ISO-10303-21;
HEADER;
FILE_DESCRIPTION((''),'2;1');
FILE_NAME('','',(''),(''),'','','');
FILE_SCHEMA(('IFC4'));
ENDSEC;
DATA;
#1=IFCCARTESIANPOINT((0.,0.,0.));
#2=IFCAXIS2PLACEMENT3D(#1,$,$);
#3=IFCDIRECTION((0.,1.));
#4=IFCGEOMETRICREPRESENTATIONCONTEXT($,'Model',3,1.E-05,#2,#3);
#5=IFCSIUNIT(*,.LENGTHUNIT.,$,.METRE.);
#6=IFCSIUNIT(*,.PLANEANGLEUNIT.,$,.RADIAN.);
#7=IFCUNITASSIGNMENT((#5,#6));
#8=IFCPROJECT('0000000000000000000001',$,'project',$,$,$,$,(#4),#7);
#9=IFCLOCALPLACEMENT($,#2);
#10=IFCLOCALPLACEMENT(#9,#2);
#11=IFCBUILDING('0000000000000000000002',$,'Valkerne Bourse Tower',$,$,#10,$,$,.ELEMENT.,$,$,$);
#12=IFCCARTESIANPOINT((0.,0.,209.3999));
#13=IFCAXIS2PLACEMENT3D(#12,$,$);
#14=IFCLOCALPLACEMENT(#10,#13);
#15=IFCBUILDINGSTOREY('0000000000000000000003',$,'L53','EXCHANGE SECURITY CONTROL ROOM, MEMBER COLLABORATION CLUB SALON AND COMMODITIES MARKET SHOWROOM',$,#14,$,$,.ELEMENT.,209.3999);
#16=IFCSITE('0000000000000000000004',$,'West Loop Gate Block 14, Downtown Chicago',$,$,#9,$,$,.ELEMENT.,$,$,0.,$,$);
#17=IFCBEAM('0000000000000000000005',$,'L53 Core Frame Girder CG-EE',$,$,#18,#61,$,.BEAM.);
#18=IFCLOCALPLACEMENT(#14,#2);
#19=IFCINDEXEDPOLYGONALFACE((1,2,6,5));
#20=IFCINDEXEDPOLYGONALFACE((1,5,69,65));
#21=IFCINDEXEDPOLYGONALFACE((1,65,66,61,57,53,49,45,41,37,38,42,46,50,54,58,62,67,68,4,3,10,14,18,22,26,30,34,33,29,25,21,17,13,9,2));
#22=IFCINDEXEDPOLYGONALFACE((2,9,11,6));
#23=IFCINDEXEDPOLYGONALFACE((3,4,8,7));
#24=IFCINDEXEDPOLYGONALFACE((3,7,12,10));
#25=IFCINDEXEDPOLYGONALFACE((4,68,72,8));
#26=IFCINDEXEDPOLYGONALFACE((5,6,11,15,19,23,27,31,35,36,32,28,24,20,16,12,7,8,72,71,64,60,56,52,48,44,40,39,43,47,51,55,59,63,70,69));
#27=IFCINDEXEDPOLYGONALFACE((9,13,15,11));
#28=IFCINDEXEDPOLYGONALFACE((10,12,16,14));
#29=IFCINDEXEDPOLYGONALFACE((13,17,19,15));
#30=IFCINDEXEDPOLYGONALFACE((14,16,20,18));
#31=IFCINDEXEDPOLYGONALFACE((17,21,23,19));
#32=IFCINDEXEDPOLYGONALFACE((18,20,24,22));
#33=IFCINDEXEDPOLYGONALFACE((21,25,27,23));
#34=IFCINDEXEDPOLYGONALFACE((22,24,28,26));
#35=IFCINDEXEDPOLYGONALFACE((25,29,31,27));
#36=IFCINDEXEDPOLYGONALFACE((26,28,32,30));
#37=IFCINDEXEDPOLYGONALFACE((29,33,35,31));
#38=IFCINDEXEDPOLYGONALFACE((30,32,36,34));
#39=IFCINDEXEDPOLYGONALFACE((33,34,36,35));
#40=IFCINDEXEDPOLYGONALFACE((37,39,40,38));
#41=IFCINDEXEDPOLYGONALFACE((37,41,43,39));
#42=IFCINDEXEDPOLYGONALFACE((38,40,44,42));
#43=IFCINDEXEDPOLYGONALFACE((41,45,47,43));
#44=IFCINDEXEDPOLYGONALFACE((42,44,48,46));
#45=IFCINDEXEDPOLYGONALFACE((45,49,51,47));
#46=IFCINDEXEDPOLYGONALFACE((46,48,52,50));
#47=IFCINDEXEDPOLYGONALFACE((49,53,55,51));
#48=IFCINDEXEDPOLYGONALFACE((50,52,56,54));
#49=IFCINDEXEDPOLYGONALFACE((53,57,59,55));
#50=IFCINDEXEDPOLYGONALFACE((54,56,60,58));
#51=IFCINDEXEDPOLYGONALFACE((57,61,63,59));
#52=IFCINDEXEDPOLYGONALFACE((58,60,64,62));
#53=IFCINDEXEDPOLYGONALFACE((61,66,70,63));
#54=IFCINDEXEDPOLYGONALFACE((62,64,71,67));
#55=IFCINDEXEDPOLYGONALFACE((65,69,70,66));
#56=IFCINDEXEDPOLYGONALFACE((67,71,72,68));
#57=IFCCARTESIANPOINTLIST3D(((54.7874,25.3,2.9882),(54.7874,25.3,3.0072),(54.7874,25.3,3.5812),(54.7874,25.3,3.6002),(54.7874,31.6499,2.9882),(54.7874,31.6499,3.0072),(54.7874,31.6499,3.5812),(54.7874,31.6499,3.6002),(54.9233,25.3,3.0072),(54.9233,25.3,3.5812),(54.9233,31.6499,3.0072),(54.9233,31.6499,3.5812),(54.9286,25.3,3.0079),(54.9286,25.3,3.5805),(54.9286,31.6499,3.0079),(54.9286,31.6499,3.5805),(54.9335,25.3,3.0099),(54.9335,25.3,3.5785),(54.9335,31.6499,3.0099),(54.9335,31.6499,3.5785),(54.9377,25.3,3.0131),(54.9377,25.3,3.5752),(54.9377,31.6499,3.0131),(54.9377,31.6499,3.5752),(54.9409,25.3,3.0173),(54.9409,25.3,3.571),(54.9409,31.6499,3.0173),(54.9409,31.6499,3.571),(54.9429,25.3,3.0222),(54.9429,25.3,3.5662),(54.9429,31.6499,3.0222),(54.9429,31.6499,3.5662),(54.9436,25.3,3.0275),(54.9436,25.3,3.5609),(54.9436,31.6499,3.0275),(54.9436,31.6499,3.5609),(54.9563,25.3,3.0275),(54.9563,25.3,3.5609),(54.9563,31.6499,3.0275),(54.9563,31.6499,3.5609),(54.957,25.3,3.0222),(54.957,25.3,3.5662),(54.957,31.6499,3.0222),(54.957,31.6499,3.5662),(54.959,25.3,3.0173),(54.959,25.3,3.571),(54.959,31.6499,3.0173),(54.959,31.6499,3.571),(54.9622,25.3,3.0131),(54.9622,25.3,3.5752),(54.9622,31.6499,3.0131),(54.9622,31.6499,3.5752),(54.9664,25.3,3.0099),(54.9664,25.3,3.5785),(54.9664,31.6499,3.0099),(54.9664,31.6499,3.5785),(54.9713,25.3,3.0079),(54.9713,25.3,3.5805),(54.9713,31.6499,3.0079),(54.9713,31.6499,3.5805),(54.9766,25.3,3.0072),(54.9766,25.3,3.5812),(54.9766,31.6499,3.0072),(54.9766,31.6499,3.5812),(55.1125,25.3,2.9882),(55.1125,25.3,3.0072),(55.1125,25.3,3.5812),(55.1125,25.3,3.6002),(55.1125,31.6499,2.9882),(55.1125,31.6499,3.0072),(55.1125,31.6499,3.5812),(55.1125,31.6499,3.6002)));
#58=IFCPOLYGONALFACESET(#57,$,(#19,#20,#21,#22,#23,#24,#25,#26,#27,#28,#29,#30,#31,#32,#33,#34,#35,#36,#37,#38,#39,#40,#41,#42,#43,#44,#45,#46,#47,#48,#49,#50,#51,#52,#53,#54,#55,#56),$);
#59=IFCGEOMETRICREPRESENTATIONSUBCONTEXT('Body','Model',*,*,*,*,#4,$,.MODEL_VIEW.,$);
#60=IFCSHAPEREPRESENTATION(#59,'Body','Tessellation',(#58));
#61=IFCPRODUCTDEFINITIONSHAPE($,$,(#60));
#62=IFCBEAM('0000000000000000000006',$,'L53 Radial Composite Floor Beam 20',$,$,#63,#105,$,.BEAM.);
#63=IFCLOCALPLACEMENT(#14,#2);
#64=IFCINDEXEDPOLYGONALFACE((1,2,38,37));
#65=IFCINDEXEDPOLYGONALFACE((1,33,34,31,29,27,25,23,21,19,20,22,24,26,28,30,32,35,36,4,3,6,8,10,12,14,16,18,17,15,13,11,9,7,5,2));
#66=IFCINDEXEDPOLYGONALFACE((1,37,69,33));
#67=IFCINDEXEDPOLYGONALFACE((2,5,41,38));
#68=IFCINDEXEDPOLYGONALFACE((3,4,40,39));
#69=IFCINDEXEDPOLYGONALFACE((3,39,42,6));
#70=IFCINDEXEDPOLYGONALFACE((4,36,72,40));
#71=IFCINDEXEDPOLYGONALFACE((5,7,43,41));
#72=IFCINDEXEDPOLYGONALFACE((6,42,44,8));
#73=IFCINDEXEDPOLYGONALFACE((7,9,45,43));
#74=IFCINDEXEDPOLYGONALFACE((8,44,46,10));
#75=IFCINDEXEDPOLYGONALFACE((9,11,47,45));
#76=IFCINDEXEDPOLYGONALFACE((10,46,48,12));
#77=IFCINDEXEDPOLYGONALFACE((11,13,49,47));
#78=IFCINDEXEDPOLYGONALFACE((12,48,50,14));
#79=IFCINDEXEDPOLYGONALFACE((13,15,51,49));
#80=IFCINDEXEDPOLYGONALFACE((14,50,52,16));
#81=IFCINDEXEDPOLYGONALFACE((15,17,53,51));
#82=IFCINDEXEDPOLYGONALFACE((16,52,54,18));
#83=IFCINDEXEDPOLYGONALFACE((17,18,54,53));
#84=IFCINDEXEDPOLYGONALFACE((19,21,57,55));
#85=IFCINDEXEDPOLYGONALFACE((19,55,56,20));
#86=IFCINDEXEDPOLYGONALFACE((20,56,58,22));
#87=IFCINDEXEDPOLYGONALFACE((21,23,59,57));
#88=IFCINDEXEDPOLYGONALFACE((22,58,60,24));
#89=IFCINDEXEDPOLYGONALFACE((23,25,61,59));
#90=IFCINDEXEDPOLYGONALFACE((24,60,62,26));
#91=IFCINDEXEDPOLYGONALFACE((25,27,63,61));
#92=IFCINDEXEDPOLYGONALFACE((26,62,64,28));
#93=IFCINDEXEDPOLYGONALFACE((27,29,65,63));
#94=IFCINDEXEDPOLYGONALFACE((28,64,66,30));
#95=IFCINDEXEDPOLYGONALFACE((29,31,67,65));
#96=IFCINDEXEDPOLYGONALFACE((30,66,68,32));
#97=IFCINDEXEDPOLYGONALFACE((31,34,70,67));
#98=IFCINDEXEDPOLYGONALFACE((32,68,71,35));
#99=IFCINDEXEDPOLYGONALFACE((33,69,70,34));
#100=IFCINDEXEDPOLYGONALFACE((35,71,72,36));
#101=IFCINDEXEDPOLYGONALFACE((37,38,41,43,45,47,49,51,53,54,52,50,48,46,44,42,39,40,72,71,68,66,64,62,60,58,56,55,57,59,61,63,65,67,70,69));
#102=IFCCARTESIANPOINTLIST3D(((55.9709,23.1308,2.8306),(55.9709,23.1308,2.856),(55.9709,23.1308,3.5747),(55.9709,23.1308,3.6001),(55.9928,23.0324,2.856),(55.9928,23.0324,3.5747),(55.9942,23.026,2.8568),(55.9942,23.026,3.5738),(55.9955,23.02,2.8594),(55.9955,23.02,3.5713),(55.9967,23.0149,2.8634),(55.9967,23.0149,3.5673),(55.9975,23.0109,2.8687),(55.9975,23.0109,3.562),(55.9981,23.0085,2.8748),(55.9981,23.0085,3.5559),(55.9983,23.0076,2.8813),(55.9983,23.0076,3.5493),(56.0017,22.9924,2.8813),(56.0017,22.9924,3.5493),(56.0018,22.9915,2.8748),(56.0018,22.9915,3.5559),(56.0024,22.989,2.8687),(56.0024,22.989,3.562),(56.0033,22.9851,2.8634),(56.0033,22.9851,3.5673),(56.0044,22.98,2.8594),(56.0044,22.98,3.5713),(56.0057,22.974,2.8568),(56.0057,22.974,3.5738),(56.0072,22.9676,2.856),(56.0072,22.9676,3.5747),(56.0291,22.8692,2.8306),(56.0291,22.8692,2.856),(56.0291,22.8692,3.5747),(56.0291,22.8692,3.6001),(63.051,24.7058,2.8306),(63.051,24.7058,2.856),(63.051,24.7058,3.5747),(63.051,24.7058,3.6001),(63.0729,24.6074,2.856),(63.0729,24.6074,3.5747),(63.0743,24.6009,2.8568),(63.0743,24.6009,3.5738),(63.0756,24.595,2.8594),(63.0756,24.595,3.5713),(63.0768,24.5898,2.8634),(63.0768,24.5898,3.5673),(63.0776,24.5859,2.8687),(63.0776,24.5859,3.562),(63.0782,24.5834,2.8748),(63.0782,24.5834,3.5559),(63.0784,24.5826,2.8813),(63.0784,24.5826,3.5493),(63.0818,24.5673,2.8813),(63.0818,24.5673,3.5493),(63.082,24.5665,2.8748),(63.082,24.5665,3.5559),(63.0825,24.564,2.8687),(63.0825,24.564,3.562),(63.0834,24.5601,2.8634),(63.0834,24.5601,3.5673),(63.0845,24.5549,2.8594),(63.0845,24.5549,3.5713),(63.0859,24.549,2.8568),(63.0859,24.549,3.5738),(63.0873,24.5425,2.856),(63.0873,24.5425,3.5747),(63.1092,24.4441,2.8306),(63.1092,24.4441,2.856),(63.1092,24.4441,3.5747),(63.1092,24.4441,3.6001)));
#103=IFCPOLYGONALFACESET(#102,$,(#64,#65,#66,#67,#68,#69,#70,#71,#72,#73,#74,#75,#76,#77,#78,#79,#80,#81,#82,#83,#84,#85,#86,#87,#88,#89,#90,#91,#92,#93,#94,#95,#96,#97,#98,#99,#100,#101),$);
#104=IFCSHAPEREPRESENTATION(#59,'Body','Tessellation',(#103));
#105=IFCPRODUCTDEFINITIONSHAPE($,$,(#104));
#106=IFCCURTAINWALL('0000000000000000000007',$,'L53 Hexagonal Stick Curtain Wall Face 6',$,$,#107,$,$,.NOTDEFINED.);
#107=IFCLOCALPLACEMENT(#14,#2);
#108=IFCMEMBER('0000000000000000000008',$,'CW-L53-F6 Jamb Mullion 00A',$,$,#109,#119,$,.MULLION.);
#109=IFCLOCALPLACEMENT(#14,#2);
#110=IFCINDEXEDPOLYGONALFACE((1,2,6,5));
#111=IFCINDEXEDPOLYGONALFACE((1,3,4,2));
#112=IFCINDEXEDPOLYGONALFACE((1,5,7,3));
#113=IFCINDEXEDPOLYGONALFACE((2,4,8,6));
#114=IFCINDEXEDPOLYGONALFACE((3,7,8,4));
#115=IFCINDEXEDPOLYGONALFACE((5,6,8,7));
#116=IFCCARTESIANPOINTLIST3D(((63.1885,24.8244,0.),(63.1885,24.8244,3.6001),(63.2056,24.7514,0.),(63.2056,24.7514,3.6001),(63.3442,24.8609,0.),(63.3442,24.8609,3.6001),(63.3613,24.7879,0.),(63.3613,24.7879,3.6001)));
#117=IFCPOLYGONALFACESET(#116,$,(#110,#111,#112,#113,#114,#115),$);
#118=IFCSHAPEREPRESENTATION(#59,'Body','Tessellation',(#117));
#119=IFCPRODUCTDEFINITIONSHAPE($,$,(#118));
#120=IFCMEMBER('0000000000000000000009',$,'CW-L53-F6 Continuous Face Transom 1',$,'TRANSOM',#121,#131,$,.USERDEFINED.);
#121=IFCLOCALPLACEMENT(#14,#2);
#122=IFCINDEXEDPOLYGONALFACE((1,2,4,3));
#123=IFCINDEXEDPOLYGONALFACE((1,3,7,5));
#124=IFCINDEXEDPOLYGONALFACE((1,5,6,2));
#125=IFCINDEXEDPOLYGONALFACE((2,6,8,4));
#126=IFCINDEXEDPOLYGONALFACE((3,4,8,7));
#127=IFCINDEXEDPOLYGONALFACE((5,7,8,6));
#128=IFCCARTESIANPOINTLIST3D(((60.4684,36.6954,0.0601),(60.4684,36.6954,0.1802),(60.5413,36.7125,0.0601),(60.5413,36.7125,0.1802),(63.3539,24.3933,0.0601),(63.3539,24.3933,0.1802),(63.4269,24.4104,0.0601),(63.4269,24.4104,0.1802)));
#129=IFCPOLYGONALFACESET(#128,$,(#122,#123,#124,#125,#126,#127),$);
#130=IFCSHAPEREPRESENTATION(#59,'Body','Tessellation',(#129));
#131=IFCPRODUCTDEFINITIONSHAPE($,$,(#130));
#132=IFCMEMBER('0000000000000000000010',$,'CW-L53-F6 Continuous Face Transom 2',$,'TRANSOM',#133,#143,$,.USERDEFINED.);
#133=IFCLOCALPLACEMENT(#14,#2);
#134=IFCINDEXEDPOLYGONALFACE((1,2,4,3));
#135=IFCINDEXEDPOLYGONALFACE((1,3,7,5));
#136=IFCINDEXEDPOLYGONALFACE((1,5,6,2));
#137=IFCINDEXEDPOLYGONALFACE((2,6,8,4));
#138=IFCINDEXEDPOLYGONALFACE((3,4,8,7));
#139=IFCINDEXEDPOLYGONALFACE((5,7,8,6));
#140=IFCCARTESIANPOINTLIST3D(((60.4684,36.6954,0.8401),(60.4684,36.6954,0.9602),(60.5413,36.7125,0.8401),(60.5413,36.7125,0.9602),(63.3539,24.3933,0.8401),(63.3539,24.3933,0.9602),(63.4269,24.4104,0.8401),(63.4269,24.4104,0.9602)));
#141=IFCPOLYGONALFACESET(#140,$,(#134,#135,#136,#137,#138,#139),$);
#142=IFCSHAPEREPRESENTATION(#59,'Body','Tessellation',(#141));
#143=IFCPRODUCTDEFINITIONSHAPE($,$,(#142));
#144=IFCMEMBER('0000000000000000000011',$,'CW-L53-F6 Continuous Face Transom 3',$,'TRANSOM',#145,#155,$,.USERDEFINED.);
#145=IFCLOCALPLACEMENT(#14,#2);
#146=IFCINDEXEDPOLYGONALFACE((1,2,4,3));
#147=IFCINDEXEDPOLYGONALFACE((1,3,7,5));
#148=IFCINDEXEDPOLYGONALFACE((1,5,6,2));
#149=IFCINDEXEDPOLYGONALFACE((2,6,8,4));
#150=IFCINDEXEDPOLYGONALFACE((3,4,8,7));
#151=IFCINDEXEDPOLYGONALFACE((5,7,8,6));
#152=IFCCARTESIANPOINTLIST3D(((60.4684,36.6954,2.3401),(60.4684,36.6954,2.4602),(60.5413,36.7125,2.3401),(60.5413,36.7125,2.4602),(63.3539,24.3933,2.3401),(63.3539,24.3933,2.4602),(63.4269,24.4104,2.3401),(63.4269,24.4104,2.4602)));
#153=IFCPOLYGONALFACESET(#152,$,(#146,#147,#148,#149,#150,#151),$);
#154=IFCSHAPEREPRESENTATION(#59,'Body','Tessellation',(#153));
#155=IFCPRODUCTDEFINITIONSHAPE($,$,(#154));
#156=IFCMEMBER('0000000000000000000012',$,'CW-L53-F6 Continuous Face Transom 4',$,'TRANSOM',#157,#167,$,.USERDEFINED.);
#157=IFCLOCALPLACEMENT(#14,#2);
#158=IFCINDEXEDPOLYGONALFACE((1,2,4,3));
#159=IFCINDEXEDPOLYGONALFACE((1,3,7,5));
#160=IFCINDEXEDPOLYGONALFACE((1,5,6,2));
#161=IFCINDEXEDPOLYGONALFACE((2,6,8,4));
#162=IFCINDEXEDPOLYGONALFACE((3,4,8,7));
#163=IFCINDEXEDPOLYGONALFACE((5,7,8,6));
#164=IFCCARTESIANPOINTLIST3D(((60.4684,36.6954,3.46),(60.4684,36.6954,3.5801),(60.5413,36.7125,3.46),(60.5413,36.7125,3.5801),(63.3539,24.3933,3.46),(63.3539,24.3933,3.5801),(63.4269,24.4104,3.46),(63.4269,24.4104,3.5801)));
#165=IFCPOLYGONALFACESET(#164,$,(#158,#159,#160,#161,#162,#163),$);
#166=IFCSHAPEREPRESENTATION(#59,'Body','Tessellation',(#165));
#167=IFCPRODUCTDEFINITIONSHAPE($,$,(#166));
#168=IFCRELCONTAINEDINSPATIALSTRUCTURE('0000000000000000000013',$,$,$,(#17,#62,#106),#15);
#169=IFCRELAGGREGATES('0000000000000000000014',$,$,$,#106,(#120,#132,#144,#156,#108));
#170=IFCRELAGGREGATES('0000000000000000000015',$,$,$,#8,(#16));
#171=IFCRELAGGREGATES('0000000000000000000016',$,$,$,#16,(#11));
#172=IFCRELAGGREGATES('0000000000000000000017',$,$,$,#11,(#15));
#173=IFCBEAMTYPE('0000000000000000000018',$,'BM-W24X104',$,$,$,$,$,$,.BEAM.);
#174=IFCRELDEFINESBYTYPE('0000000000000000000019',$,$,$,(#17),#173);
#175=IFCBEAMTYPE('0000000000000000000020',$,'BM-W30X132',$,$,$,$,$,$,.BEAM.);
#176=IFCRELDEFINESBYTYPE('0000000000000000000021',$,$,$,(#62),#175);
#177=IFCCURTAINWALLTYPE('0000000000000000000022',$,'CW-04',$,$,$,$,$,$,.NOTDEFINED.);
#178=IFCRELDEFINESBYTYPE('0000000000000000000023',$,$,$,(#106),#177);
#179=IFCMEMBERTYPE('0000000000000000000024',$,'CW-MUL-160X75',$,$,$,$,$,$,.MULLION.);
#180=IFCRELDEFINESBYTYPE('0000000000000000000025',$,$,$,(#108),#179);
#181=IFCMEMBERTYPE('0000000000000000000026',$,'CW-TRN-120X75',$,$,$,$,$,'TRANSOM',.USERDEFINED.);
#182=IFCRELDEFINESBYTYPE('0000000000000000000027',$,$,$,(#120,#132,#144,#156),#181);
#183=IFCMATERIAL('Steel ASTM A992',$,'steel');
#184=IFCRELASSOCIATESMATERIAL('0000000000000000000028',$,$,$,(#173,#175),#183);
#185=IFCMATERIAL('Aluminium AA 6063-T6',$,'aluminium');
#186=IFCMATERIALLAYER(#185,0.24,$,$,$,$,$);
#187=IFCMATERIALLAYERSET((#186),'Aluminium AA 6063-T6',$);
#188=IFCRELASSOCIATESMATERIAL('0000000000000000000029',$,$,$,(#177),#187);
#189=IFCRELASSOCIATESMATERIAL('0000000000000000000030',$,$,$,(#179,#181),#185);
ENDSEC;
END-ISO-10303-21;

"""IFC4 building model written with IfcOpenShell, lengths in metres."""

from ifc_helpers import new_model, si_unit, direction, frame, origin, origin_2d, place, context, subcontext, project, spatial, rectangle, i_section, extrude, material, layer, layer_set, material_profile, profile_set, type_object, element, aggregate, save


model = new_model("IFC4")

# Units and contexts
model_context = context("Model", 3, precision=1e-05, world=origin(), true_north=direction((0.0, 1.0)))
body_context = subcontext(model_context, "Body", "Model", "MODEL_VIEW")
ifc_project = project(units=[si_unit("LENGTHUNIT", "METRE"), si_unit("PLANEANGLEUNIT", "RADIAN")], contexts=[model_context])

# Site, building, storey
site_placement = place(None, origin())
site = spatial("IfcSite", under=ifc_project, at=site_placement, Name="West Loop Gate Block 14, Downtown Chicago", CompositionType="ELEMENT", RefElevation=0.0)
building_placement = place(site_placement, origin())
building = spatial("IfcBuilding", under=site, at=building_placement, Name="Valkerne Bourse Tower", CompositionType="ELEMENT")
storey_placement = place(building_placement, frame((0.0, 0.0, 209.3999)))
storey = spatial("IfcBuildingStorey", under=building, at=storey_placement, Name="L53", Description="EXCHANGE SECURITY CONTROL ROOM, MEMBER COLLABORATION CLUB SALON AND COMMODITIES MARKET SHOWROOM", CompositionType="ELEMENT", Elevation=209.3999)

# Beams
ifc_material_1 = material(Name="Steel ASTM A992", Category="steel")
ifc_material_profile_1 = material_profile(ifc_material_1, i_section(OverallWidth=0.3252, OverallDepth=0.6121, WebThickness=0.0127, FlangeThickness=0.019, FilletRadius=0.0203, at=origin_2d()), Name="W24X104")
ifc_profile_set_1 = profile_set([ifc_material_profile_1], Name="Steel ASTM A992")
beam_type_1 = type_object("IfcBeamType", Name="BM-W24X104", PredefinedType="BEAM", material=ifc_profile_set_1)
beam_1_placement = place(storey_placement, frame((54.95, 25.3, 3.2942), z_axis=(0.0, 1.0, 0.0), x_axis=(-1.0, 0.0, 0.0)))
element("IfcBeam", 1, at=beam_1_placement, inside=storey, type_object=beam_type_1, Name="L53 Core Frame Girder CG-EE", PredefinedType="BEAM", context=body_context, shape_type="SweptSolid", body=[
    extrude(i_section(OverallWidth=0.3252, OverallDepth=0.6121, WebThickness=0.0127, FlangeThickness=0.019, FilletRadius=0.0203, at=origin_2d()), origin(), (0.0, 0.0, 1.0), 6.3499),
])
ifc_material_profile_2 = material_profile(ifc_material_1, i_section(OverallWidth=0.2681, OverallDepth=0.7695, WebThickness=0.0156, FlangeThickness=0.0254, FilletRadius=0.0254, at=origin_2d()), Name="W30X132")
ifc_profile_set_2 = profile_set([ifc_material_profile_2], Name="Steel ASTM A992")
beam_type_2 = type_object("IfcBeamType", Name="BM-W30X132", PredefinedType="BEAM", material=ifc_profile_set_2)
beam_2_placement = place(storey_placement, frame((63.0801, 24.575, 3.2153), z_axis=(-0.97614, -0.217141, 0.0), x_axis=(0.217141, -0.97614, 0.0)))
element("IfcBeam", 2, at=beam_2_placement, inside=storey, type_object=beam_type_2, Name="L53 Radial Composite Floor Beam 20", PredefinedType="BEAM", context=body_context, shape_type="SweptSolid", body=[
    extrude(i_section(OverallWidth=0.2681, OverallDepth=0.7695, WebThickness=0.0156, FlangeThickness=0.0254, FilletRadius=0.0254, at=origin_2d()), origin(), (0.0, 0.0, 1.0), 7.2532),
])

# Curtain wall, members
ifc_material_2 = material(Name="Aluminium AA 6063-T6", Category="aluminium")
ifc_layer_1 = layer(ifc_material_2, 0.24)
ifc_layer_set_1 = layer_set([ifc_layer_1], Name="Aluminium AA 6063-T6")
curtain_wall_type = type_object("IfcCurtainWallType", Name="CW-04", PredefinedType="NOTDEFINED", material=ifc_layer_set_1)
curtain_wall_placement = place(storey_placement, origin())
curtain_wall = element("IfcCurtainWall", 3, at=curtain_wall_placement, inside=storey, type_object=curtain_wall_type, Name="L53 Hexagonal Stick Curtain Wall Face 6", PredefinedType="NOTDEFINED")
ifc_material_profile_3 = material_profile(ifc_material_2, rectangle(XDim=0.075, YDim=0.1599, at=origin_2d()), Name="CWM-75X160")
ifc_profile_set_3 = profile_set([ifc_material_profile_3], Name="Aluminium AA 6063-T6")
member_type_1 = type_object("IfcMemberType", Name="CW-MUL-160X75", PredefinedType="MULLION", material=ifc_profile_set_3)
member_1_placement = place(storey_placement, frame((63.2749, 24.8062, 0.0), z_axis=(0.0, 0.0, 1.0), x_axis=(-0.228349, 0.973579, 0.0)))
member_1 = element("IfcMember", 4, at=member_1_placement, type_object=member_type_1, Name="CW-L53-F6 Jamb Mullion 00A", PredefinedType="MULLION", context=body_context, shape_type="SweptSolid", body=[
    extrude(rectangle(XDim=0.075, YDim=0.1599, at=origin_2d()), origin(), (0.0, 0.0, 1.0), 3.6001),
])
ifc_material_profile_4 = material_profile(ifc_material_2, rectangle(XDim=0.075, YDim=0.1201, at=origin_2d()), Name="CWT-75X120")
ifc_profile_set_4 = profile_set([ifc_material_profile_4], Name="Aluminium AA 6063-T6")
member_type_2 = type_object("IfcMemberType", Name="CW-TRN-120X75", ElementType="TRANSOM", PredefinedType="USERDEFINED", material=ifc_profile_set_4)
member_2_placement = place(storey_placement, frame((63.3904, 24.4019, 0.1201), z_axis=(-0.228358, 0.973577, 0.0), x_axis=(-0.973577, -0.228358, 0.0)))
member_2 = element("IfcMember", 5, at=member_2_placement, type_object=member_type_2, Name="CW-L53-F6 Continuous Face Transom 1", ObjectType="TRANSOM", PredefinedType="USERDEFINED", context=body_context, shape_type="SweptSolid", body=[
    extrude(rectangle(XDim=0.075, YDim=0.1201, at=origin_2d()), origin(), (0.0, 0.0, 1.0), 12.636),
])
member_3_placement = place(storey_placement, frame((63.3904, 24.4019, 0.9001), z_axis=(-0.228358, 0.973577, 0.0), x_axis=(-0.973577, -0.228358, 0.0)))
member_3 = element("IfcMember", 6, at=member_3_placement, type_object=member_type_2, Name="CW-L53-F6 Continuous Face Transom 2", ObjectType="TRANSOM", PredefinedType="USERDEFINED", context=body_context, shape_type="SweptSolid", body=[
    extrude(rectangle(XDim=0.075, YDim=0.1201, at=origin_2d()), origin(), (0.0, 0.0, 1.0), 12.636),
])
member_4_placement = place(storey_placement, frame((63.3904, 24.4019, 2.4001), z_axis=(-0.228358, 0.973577, 0.0), x_axis=(-0.973577, -0.228358, 0.0)))
member_4 = element("IfcMember", 7, at=member_4_placement, type_object=member_type_2, Name="CW-L53-F6 Continuous Face Transom 3", ObjectType="TRANSOM", PredefinedType="USERDEFINED", context=body_context, shape_type="SweptSolid", body=[
    extrude(rectangle(XDim=0.075, YDim=0.1201, at=origin_2d()), origin(), (0.0, 0.0, 1.0), 12.636),
])
member_5_placement = place(storey_placement, frame((63.3904, 24.4019, 3.52), z_axis=(-0.228358, 0.973577, 0.0), x_axis=(-0.973577, -0.228358, 0.0)))
member_5 = element("IfcMember", 8, at=member_5_placement, type_object=member_type_2, Name="CW-L53-F6 Continuous Face Transom 4", ObjectType="TRANSOM", PredefinedType="USERDEFINED", context=body_context, shape_type="SweptSolid", body=[
    extrude(rectangle(XDim=0.075, YDim=0.1201, at=origin_2d()), origin(), (0.0, 0.0, 1.0), 12.636),
])
aggregate(curtain_wall, [member_2, member_3, member_4, member_5, member_1])

save(model, "model.ifc")
